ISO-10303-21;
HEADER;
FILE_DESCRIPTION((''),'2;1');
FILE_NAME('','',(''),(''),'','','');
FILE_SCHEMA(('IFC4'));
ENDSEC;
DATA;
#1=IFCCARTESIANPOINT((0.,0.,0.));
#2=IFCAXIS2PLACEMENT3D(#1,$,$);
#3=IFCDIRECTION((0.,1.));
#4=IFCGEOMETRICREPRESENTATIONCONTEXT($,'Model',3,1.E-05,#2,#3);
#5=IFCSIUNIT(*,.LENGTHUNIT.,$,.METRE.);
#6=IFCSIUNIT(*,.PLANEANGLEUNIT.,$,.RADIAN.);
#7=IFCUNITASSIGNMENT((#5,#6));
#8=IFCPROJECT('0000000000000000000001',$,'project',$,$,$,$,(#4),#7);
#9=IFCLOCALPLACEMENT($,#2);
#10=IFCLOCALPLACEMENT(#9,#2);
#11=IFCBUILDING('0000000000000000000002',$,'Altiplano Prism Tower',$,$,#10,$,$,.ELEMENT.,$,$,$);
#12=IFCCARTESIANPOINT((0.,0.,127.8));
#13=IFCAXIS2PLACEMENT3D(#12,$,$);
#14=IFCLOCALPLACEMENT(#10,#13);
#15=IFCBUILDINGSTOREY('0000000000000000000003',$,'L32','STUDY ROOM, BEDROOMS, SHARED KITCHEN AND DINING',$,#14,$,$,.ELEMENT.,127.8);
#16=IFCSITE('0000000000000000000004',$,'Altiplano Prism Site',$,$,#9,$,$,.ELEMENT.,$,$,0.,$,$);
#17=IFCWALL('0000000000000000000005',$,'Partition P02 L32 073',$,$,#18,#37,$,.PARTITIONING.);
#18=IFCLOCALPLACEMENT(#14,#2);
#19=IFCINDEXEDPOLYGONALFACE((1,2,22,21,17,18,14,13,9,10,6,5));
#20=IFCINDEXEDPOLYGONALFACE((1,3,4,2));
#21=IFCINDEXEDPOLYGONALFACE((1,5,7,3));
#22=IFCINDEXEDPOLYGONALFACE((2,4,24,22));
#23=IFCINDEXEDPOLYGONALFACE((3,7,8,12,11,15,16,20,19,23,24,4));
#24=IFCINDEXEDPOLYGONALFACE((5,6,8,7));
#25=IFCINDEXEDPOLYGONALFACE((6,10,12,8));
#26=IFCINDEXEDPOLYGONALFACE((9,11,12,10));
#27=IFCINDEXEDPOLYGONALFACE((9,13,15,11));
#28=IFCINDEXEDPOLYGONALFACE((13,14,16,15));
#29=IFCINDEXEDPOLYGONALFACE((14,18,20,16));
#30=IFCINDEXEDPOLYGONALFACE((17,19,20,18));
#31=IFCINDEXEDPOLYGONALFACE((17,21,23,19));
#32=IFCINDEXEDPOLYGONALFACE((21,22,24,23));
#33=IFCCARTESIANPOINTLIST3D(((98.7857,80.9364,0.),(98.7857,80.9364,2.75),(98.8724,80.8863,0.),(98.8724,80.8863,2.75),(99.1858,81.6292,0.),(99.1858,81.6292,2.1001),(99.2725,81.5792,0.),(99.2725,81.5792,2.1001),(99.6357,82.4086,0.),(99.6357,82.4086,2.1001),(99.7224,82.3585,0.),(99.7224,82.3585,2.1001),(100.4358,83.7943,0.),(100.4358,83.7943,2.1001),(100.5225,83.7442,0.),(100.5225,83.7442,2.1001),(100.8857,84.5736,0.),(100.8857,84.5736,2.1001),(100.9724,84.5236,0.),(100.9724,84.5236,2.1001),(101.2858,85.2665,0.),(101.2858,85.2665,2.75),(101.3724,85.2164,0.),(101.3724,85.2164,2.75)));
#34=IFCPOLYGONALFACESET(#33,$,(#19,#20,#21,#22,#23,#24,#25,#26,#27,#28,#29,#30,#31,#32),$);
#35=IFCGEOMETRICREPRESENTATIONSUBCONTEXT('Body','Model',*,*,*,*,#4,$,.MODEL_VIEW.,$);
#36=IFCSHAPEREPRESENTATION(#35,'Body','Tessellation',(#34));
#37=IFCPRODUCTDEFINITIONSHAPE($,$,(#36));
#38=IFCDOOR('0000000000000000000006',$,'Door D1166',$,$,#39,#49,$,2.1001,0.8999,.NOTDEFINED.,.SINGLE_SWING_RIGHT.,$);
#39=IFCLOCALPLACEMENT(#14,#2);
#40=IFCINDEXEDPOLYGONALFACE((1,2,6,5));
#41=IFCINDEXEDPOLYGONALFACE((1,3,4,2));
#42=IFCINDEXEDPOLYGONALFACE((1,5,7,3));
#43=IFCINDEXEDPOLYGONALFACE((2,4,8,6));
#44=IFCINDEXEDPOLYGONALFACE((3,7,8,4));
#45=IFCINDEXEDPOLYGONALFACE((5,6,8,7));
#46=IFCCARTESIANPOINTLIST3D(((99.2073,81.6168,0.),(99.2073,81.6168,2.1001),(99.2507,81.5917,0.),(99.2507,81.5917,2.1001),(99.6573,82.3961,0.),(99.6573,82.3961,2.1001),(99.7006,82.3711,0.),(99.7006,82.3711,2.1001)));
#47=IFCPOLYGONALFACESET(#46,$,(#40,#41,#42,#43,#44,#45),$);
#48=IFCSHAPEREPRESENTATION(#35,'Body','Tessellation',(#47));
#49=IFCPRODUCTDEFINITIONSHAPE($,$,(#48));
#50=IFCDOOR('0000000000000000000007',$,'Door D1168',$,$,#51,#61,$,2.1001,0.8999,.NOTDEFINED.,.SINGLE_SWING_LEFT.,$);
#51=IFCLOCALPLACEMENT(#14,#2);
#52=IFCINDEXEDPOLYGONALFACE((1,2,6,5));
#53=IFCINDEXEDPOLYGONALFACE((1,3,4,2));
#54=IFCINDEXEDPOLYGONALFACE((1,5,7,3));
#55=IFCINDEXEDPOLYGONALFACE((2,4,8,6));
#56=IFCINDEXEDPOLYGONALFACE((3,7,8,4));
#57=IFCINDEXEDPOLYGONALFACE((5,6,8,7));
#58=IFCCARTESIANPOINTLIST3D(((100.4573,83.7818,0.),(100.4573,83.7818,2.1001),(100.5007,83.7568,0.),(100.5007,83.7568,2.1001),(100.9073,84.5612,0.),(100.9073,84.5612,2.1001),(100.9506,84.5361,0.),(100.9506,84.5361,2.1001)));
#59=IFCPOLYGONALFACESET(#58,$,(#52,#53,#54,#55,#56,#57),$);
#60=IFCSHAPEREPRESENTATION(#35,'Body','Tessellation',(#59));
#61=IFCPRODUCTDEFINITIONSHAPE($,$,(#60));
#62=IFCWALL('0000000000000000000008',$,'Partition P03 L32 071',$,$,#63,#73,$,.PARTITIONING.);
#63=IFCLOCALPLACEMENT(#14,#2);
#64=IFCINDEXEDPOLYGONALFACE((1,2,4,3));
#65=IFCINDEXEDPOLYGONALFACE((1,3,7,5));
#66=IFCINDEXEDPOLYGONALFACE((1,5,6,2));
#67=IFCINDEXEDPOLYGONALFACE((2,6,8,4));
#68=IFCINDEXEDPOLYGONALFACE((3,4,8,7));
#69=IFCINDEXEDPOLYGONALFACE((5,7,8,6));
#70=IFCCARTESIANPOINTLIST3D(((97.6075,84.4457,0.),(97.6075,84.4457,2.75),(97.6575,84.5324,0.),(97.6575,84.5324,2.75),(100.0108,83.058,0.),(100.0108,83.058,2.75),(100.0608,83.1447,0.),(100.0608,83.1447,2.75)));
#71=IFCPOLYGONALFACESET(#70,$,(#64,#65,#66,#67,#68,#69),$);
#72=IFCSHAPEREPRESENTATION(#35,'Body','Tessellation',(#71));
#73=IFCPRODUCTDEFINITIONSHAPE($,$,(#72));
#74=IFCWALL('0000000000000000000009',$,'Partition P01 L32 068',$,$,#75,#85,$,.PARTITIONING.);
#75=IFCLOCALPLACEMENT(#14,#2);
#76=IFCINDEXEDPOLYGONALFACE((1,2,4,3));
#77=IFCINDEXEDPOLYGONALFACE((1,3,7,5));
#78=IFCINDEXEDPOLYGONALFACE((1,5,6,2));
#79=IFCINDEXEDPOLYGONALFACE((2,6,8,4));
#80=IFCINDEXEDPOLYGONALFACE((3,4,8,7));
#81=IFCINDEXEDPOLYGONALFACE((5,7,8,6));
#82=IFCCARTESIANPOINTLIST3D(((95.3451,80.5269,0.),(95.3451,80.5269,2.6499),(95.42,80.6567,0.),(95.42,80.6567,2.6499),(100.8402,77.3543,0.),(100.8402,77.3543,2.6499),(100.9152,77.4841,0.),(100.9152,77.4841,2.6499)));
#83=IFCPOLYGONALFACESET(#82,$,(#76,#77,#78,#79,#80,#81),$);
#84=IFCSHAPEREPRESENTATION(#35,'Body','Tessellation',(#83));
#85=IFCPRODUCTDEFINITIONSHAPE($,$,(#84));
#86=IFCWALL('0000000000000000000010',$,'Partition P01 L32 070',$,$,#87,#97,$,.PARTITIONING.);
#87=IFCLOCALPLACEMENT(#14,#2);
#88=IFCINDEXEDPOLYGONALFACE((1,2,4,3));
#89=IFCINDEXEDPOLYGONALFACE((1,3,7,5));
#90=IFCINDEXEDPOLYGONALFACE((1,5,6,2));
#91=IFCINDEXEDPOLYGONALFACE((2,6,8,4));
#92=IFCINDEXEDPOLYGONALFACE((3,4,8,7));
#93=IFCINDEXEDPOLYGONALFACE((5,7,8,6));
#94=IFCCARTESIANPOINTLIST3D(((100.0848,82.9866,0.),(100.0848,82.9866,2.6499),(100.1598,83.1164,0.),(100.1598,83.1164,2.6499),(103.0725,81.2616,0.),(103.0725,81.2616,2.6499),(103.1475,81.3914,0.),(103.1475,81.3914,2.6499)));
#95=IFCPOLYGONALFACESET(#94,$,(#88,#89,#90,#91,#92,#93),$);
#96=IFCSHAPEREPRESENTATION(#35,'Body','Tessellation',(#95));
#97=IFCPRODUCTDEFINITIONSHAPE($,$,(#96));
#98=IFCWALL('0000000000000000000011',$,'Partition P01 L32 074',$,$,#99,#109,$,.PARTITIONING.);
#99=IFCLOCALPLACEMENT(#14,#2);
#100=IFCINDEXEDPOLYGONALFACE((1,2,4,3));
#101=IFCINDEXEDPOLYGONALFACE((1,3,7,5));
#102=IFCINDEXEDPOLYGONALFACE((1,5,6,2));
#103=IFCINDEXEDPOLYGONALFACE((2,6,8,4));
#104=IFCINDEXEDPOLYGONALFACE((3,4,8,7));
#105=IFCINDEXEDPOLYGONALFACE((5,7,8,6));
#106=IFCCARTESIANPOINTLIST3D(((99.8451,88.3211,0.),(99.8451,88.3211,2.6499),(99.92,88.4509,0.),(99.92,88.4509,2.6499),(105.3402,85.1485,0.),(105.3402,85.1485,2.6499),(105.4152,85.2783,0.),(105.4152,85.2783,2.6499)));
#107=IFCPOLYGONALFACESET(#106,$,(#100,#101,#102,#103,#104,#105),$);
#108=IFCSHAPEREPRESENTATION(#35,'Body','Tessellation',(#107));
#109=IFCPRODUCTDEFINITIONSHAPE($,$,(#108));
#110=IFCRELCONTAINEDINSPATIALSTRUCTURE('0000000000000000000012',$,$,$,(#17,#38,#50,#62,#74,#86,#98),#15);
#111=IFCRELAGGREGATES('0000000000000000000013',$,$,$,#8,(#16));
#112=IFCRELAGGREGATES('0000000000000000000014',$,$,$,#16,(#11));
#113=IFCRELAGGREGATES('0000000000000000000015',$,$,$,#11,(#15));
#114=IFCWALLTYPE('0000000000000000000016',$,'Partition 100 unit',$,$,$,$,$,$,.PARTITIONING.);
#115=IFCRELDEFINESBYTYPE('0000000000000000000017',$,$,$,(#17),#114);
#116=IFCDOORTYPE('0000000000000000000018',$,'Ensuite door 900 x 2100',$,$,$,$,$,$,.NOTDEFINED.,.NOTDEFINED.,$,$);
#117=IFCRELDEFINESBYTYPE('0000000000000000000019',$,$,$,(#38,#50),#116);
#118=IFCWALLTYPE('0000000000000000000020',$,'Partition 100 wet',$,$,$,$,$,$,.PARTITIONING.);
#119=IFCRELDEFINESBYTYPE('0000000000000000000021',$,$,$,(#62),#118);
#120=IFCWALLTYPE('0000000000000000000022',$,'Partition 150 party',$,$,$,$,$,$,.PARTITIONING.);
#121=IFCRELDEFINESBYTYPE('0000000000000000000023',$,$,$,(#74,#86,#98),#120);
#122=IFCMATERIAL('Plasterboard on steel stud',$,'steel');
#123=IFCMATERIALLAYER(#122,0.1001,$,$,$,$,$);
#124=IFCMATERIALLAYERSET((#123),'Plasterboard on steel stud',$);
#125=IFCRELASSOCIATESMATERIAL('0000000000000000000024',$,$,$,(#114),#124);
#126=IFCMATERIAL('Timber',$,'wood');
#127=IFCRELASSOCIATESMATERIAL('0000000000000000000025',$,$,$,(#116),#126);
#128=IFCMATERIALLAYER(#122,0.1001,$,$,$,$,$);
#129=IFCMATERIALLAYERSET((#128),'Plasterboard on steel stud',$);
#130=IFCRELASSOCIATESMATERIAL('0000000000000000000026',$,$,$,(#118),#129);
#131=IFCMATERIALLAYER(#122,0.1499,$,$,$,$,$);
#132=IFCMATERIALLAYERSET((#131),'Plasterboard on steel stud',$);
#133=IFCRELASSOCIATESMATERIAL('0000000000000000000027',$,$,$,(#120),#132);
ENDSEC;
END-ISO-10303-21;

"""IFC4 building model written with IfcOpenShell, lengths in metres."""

from ifc_helpers import new_model, si_unit, direction, frame, frame_2d, origin, place, context, subcontext, project, spatial, rectangle, extrude, material, layer, layer_set, type_object, element, fill, save


model = new_model("IFC4")

# Units and contexts
model_context = context("Model", 3, precision=1e-05, world=origin(), true_north=direction((0.0, 1.0)))
body_context = subcontext(model_context, "Body", "Model", "MODEL_VIEW")
ifc_project = project(units=[si_unit("LENGTHUNIT", "METRE"), si_unit("PLANEANGLEUNIT", "RADIAN")], contexts=[model_context])

# Site, building, storey
site_placement = place(None, origin())
site = spatial("IfcSite", under=ifc_project, at=site_placement, Name="Altiplano Prism Site", CompositionType="ELEMENT", RefElevation=0.0)
building_placement = place(site_placement, origin())
building = spatial("IfcBuilding", under=site, at=building_placement, Name="Altiplano Prism Tower", CompositionType="ELEMENT")
storey_placement = place(building_placement, frame((0.0, 0.0, 127.8)))
storey = spatial("IfcBuildingStorey", under=building, at=storey_placement, Name="L32", Description="STUDY ROOM, BEDROOMS, SHARED KITCHEN AND DINING", CompositionType="ELEMENT", Elevation=127.8)

# Shared definitions
ifc_material_1 = material(Name="Plasterboard on steel stud", Category="steel")
ifc_layer_1 = layer(ifc_material_1, 0.1001)
ifc_layer_set_1 = layer_set([ifc_layer_1], Name="Plasterboard on steel stud")
wall_type_1 = type_object("IfcWallType", Name="Partition 100 unit", PredefinedType="PARTITIONING", material=ifc_layer_set_1)

# Wall, openings, doors
wall_1_placement = place(storey_placement, frame((101.3291, 85.2415, 0.0), z_axis=(0.0, 0.0, 1.0), x_axis=(-0.500004, -0.866023, 0.0)))
wall_1 = element("IfcWall", 1, at=wall_1_placement, inside=storey, type_object=wall_type_1, Name="Partition P02 L32 073", PredefinedType="PARTITIONING", context=body_context, shape_type="SweptSolid", body=[
    extrude(rectangle(XDim=5.0, YDim=0.1001, at=frame_2d((2.5, 0.0))), origin(), (0.0, 0.0, 1.0), 2.75),
])
opening_1_placement = place(wall_1_placement, frame((3.3, 0.0, 0.0)))
opening_1 = element("IfcOpeningElement", 2, at=opening_1_placement, cuts=wall_1, PredefinedType="OPENING", context=body_context, shape_type="SweptSolid", body=[
    extrude(rectangle(XDim=0.8999, YDim=2.1001, at=frame_2d((0.45, 1.05))), frame((0.0, 0.0605, 0.0), z_axis=(0.0, -1.0, 0.0), x_axis=(1.0, 0.0, 0.0)), (0.0, 0.0, 1.0), 0.1211),
])
opening_2_placement = place(wall_1_placement, frame((0.8, 0.0, 0.0)))
opening_2 = element("IfcOpeningElement", 3, at=opening_2_placement, cuts=wall_1, PredefinedType="OPENING", context=body_context, shape_type="SweptSolid", body=[
    extrude(rectangle(XDim=0.8999, YDim=2.1001, at=frame_2d((0.45, 1.05))), frame((0.0, 0.0605, 0.0), z_axis=(0.0, -1.0, 0.0), x_axis=(1.0, 0.0, 0.0)), (0.0, 0.0, 1.0), 0.1211),
])
ifc_material_2 = material(Name="Timber", Category="wood")
door_type = type_object("IfcDoorType", Name="Ensuite door 900 x 2100", OperationType="NOTDEFINED", PredefinedType="NOTDEFINED", material=ifc_material_2)
door_1_placement = place(opening_1_placement, origin())
door_1 = element("IfcDoor", 4, at=door_1_placement, inside=storey, type_object=door_type, Name="Door D1166", OperationType="SINGLE_SWING_RIGHT", OverallHeight=2.1001, OverallWidth=0.8999, PredefinedType="NOTDEFINED", context=body_context, shape_type="SweptSolid", body=[
    extrude(rectangle(XDim=0.8999, YDim=2.1001, at=frame_2d((0.45, 1.05))), frame((0.0, 0.0249, 0.0), z_axis=(0.0, -1.0, 0.0), x_axis=(1.0, 0.0, 0.0)), (0.0, 0.0, 1.0), 0.05),
])
fill(opening_1, door_1)
door_2_placement = place(opening_2_placement, origin())
door_2 = element("IfcDoor", 5, at=door_2_placement, inside=storey, type_object=door_type, Name="Door D1168", OperationType="SINGLE_SWING_LEFT", OverallHeight=2.1001, OverallWidth=0.8999, PredefinedType="NOTDEFINED", context=body_context, shape_type="SweptSolid", body=[
    extrude(rectangle(XDim=0.8999, YDim=2.1001, at=frame_2d((0.45, 1.05))), frame((0.0, 0.0249, 0.0), z_axis=(0.0, -1.0, 0.0), x_axis=(1.0, 0.0, 0.0)), (0.0, 0.0, 1.0), 0.05),
])
fill(opening_2, door_2)

# Walls
ifc_layer_2 = layer(ifc_material_1, 0.1001)
ifc_layer_set_2 = layer_set([ifc_layer_2], Name="Plasterboard on steel stud")
wall_type_2 = type_object("IfcWallType", Name="Partition 100 wet", PredefinedType="PARTITIONING", material=ifc_layer_set_2)
wall_2_placement = place(storey_placement, frame((100.0359, 83.1013, 0.0), z_axis=(0.0, 0.0, 1.0), x_axis=(-0.866004, 0.500037, 0.0)))
element("IfcWall", 6, at=wall_2_placement, inside=storey, type_object=wall_type_2, Name="Partition P03 L32 071", PredefinedType="PARTITIONING", context=body_context, shape_type="SweptSolid", body=[
    extrude(rectangle(XDim=2.7751, YDim=0.1001, at=frame_2d((1.3877, 0.0))), origin(), (0.0, 0.0, 1.0), 2.75),
])
ifc_layer_3 = layer(ifc_material_1, 0.1499)
ifc_layer_set_3 = layer_set([ifc_layer_3], Name="Plasterboard on steel stud")
wall_type_3 = type_object("IfcWallType", Name="Partition 150 party", PredefinedType="PARTITIONING", material=ifc_layer_set_3)
wall_3_placement = place(storey_placement, frame((100.8777, 77.4192, 0.0), z_axis=(0.0, 0.0, 1.0), x_axis=(-0.866025, 0.5, 0.0)))
element("IfcWall", 7, at=wall_3_placement, inside=storey, type_object=wall_type_3, Name="Partition P01 L32 068", PredefinedType="PARTITIONING", context=body_context, shape_type="SweptSolid", body=[
    extrude(rectangle(XDim=6.3452, YDim=0.1499, at=frame_2d((3.1726, 0.0))), origin(), (0.0, 0.0, 1.0), 2.6499),
])
wall_4_placement = place(storey_placement, frame((103.1101, 81.3264, 0.0), z_axis=(0.0, 0.0, 1.0), x_axis=(-0.866014, 0.500021, 0.0)))
element("IfcWall", 8, at=wall_4_placement, inside=storey, type_object=wall_type_3, Name="Partition P01 L32 070", PredefinedType="PARTITIONING", context=body_context, shape_type="SweptSolid", body=[
    extrude(rectangle(XDim=3.45, YDim=0.1499, at=frame_2d((1.7251, 0.0))), origin(), (0.0, 0.0, 1.0), 2.6499),
])
wall_5_placement = place(storey_placement, frame((105.3777, 85.2134, 0.0), z_axis=(0.0, 0.0, 1.0), x_axis=(-0.866025, 0.5, 0.0)))
element("IfcWall", 9, at=wall_5_placement, inside=storey, type_object=wall_type_3, Name="Partition P01 L32 074", PredefinedType="PARTITIONING", context=body_context, shape_type="SweptSolid", body=[
    extrude(rectangle(XDim=6.3452, YDim=0.1499, at=frame_2d((3.1726, 0.0))), origin(), (0.0, 0.0, 1.0), 2.6499),
])

save(model, "model.ifc")
